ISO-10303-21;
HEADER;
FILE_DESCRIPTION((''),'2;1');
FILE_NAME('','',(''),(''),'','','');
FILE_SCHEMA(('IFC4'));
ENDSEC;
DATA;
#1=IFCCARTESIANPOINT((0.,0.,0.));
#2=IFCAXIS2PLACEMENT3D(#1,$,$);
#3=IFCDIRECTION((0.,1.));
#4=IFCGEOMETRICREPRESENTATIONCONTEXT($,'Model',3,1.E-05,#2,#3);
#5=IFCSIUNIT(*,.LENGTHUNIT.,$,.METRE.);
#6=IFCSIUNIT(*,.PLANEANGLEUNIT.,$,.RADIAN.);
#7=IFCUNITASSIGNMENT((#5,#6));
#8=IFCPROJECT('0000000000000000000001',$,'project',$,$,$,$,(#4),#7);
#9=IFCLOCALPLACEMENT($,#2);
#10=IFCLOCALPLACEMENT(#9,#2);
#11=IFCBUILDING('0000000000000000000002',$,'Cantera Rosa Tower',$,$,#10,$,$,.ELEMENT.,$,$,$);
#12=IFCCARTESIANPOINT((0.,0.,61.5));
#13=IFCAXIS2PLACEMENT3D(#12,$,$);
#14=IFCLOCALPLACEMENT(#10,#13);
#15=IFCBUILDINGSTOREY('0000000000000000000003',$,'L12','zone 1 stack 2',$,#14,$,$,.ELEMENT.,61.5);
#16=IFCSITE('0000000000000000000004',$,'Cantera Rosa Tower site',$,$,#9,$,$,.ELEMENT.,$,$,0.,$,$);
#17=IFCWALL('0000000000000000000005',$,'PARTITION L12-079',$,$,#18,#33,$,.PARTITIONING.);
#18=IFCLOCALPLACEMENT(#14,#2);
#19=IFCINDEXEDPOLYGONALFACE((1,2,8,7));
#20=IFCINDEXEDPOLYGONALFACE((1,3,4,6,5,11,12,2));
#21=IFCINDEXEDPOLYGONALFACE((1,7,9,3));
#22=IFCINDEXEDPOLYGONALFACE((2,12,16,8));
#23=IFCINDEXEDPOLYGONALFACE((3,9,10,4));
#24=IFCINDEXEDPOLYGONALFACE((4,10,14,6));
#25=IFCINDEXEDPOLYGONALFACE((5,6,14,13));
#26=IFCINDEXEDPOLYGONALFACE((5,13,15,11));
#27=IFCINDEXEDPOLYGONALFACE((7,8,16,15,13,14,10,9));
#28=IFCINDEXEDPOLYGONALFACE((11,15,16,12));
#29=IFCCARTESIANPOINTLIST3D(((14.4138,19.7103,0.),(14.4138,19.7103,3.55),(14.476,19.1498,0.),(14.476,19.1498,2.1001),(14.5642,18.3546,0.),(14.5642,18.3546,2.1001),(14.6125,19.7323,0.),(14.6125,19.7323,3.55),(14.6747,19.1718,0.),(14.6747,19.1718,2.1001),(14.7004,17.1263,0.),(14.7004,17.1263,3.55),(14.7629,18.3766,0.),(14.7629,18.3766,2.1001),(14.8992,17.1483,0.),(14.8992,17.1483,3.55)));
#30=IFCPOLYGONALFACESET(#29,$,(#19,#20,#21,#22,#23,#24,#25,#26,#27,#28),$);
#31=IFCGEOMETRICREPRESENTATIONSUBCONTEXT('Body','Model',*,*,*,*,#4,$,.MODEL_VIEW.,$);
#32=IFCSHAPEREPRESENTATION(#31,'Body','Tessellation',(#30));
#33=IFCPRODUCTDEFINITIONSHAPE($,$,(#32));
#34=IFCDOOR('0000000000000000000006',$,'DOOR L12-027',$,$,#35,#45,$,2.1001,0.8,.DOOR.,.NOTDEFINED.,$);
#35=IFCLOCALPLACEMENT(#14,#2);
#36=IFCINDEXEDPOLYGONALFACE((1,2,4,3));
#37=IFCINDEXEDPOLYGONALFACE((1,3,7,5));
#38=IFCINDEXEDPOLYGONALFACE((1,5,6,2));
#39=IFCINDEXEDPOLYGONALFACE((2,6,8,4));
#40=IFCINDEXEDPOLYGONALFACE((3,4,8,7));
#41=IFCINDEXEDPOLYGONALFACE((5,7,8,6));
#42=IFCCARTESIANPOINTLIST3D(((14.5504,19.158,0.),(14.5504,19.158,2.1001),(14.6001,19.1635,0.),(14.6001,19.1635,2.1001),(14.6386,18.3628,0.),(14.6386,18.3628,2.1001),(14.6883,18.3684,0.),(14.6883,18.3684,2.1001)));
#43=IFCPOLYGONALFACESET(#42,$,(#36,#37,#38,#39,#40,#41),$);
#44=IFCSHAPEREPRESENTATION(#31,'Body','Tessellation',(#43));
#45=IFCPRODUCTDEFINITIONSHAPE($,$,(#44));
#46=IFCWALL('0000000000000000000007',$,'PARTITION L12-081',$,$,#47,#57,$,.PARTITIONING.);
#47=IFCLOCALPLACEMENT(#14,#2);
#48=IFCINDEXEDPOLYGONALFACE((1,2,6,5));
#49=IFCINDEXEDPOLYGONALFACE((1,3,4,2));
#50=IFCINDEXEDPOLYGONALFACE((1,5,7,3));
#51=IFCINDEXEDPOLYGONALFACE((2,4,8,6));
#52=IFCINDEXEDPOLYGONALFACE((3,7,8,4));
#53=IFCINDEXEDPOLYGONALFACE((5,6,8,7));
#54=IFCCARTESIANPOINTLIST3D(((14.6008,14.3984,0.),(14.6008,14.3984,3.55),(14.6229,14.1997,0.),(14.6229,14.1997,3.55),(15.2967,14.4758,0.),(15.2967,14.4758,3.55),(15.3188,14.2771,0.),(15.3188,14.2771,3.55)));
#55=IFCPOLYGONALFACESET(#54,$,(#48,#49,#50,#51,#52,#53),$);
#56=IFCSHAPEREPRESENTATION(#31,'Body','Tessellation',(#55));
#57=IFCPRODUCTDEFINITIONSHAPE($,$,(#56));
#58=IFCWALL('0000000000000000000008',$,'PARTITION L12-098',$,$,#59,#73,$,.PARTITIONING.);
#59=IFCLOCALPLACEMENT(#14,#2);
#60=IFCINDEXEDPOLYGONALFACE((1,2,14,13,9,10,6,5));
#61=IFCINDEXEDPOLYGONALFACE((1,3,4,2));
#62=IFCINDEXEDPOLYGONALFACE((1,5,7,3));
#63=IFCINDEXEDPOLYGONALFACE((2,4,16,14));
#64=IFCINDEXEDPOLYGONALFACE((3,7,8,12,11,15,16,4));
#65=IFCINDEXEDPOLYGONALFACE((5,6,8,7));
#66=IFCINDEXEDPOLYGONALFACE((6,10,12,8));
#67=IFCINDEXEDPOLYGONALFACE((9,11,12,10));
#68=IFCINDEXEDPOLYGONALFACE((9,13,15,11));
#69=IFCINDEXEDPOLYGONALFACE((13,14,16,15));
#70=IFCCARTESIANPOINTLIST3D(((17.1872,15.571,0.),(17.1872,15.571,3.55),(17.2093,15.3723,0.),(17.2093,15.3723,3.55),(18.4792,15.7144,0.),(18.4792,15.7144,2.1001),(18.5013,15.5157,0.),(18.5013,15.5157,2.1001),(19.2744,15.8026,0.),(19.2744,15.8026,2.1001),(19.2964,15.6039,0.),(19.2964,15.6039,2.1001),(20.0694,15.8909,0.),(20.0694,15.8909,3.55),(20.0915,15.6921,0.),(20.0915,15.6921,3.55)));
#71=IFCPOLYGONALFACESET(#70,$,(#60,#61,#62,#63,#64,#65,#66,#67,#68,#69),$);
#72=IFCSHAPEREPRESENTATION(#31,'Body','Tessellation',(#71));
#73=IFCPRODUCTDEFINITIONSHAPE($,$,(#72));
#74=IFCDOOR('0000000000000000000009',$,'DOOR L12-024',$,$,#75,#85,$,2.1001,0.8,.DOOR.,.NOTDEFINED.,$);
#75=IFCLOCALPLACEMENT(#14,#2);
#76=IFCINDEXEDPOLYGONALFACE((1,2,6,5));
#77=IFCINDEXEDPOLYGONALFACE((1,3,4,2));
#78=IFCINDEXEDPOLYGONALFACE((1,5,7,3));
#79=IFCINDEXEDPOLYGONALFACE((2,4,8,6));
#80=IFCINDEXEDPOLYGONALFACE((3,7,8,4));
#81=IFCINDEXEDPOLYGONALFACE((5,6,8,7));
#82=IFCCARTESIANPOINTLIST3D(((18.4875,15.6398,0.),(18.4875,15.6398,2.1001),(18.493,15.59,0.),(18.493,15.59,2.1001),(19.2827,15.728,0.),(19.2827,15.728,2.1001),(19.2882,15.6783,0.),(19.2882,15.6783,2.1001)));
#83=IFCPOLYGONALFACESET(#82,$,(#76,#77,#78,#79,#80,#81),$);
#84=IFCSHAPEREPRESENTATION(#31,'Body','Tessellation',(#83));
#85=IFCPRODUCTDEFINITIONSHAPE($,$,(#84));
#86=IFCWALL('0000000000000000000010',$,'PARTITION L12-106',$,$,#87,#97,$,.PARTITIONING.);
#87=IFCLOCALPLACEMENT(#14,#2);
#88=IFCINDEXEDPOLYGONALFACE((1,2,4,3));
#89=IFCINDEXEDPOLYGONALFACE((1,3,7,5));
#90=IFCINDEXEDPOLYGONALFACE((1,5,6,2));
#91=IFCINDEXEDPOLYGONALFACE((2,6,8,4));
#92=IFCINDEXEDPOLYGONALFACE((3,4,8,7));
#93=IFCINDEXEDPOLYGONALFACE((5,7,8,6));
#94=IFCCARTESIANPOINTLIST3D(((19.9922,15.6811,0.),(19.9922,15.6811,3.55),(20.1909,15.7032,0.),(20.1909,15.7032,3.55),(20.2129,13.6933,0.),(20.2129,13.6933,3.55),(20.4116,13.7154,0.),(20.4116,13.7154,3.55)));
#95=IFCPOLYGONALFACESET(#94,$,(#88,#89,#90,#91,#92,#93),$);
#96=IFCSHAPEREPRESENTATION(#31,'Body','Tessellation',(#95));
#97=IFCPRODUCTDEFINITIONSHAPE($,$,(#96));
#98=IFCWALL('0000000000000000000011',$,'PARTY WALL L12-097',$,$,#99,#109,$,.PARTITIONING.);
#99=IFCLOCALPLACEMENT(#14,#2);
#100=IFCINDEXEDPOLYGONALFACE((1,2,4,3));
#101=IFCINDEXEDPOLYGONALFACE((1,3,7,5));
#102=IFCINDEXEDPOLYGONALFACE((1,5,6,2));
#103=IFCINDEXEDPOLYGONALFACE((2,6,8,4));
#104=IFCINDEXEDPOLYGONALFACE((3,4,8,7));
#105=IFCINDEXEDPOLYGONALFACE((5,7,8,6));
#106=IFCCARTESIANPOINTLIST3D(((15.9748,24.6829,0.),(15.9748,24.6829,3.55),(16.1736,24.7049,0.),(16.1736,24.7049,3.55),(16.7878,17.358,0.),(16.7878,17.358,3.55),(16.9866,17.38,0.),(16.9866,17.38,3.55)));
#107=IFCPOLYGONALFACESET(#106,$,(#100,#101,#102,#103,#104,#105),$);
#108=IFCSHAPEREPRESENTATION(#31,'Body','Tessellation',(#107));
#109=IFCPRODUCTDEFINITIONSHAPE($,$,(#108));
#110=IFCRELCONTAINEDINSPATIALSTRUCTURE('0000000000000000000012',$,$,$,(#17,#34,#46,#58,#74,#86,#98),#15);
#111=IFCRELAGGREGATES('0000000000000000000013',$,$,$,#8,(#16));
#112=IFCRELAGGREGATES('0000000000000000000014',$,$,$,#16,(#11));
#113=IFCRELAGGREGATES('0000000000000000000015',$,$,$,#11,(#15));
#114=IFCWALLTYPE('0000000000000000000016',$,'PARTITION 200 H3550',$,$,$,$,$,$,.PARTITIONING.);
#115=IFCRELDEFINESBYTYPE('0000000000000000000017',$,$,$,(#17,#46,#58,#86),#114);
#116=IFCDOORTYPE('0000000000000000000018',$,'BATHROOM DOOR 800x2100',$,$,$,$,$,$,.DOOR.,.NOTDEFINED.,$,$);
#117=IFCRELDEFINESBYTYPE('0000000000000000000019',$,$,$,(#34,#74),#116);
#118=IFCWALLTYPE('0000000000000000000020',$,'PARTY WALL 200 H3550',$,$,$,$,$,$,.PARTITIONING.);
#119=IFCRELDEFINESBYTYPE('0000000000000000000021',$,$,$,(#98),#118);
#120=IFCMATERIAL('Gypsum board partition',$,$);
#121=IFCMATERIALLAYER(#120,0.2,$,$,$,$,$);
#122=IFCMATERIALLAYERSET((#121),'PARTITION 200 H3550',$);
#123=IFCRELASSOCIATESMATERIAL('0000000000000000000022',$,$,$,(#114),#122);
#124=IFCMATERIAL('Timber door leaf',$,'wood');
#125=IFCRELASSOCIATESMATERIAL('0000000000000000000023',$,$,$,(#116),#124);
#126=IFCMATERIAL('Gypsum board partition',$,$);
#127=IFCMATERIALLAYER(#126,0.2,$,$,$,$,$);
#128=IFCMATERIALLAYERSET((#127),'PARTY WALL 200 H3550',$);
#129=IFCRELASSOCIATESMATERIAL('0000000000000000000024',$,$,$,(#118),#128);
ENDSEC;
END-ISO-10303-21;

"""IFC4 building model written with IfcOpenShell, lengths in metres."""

from ifc_helpers import new_model, si_unit, direction, frame, frame_2d, origin, place, context, subcontext, project, spatial, rectangle, extrude, material, layer, layer_set, type_object, element, fill, save


model = new_model("IFC4")

# Units and contexts
model_context = context("Model", 3, precision=1e-05, world=origin(), true_north=direction((0.0, 1.0)))
body_context = subcontext(model_context, "Body", "Model", "MODEL_VIEW")
ifc_project = project(units=[si_unit("LENGTHUNIT", "METRE"), si_unit("PLANEANGLEUNIT", "RADIAN")], contexts=[model_context])

# Site, building, storey
site_placement = place(None, origin())
site = spatial("IfcSite", under=ifc_project, at=site_placement, Name="Cantera Rosa Tower site", CompositionType="ELEMENT", RefElevation=0.0)
building_placement = place(site_placement, origin())
building = spatial("IfcBuilding", under=site, at=building_placement, Name="Cantera Rosa Tower", CompositionType="ELEMENT")
storey_placement = place(building_placement, frame((0.0, 0.0, 61.5)))
storey = spatial("IfcBuildingStorey", under=building, at=storey_placement, Name="L12", Description="zone 1 stack 2", CompositionType="ELEMENT", Elevation=61.5)

# Shared definitions
ifc_material_1 = material(Name="Gypsum board partition")
ifc_layer_1 = layer(ifc_material_1, 0.2)
ifc_layer_set_1 = layer_set([ifc_layer_1], Name="PARTITION 200 H3550")
wall_type_1 = type_object("IfcWallType", Name="PARTITION 200 H3550", PredefinedType="PARTITIONING", material=ifc_layer_set_1)

# Wall, opening, door
wall_1_placement = place(storey_placement, frame((14.5132, 19.7212, 0.0), z_axis=(0.0, 0.0, 1.0), x_axis=(0.110246, -0.993904, 0.0)))
wall_1 = element("IfcWall", 1, at=wall_1_placement, inside=storey, type_object=wall_type_1, Name="PARTITION L12-079", PredefinedType="PARTITIONING", context=body_context, shape_type="SweptSolid", body=[
    extrude(rectangle(XDim=2.5999, YDim=0.2, at=frame_2d((1.2998, 0.0))), origin(), (0.0, 0.0, 1.0), 3.55),
])
opening_1_placement = place(wall_1_placement, frame((0.564, 0.0, 0.0)))
opening_1 = element("IfcOpeningElement", 2, at=opening_1_placement, cuts=wall_1, PredefinedType="OPENING", context=body_context, shape_type="SweptSolid", body=[
    extrude(rectangle(XDim=0.8, YDim=2.1001, at=frame_2d((0.3999, 1.05))), frame((0.0, 0.1099, 0.0), z_axis=(0.0, -1.0, 0.0), x_axis=(1.0, 0.0, 0.0)), (0.0, 0.0, 1.0), 0.22),
])
ifc_material_2 = material(Name="Timber door leaf", Category="wood")
door_type_1 = type_object("IfcDoorType", Name="BATHROOM DOOR 800x2100", OperationType="NOTDEFINED", PredefinedType="DOOR", material=ifc_material_2)
door_1_placement = place(opening_1_placement, origin())
door_1 = element("IfcDoor", 3, at=door_1_placement, inside=storey, type_object=door_type_1, Name="DOOR L12-027", OperationType="NOTDEFINED", OverallHeight=2.1001, OverallWidth=0.8, PredefinedType="DOOR", context=body_context, shape_type="SweptSolid", body=[
    extrude(rectangle(XDim=0.8, YDim=2.1001, at=frame_2d((0.3999, 1.05))), frame((0.0, 0.0249, 0.0), z_axis=(0.0, -1.0, 0.0), x_axis=(1.0, 0.0, 0.0)), (0.0, 0.0, 1.0), 0.05),
])
fill(opening_1, door_1)

# Wall
wall_2_placement = place(storey_placement, frame((14.6118, 14.2991, 0.0), z_axis=(0.0, 0.0, 1.0), x_axis=(0.993871, 0.110546, 0.0)))
element("IfcWall", 4, at=wall_2_placement, inside=storey, type_object=wall_type_1, Name="PARTITION L12-081", PredefinedType="PARTITIONING", context=body_context, shape_type="SweptSolid", body=[
    extrude(rectangle(XDim=0.7002, YDim=0.2, at=frame_2d((0.3501, 0.0))), origin(), (0.0, 0.0, 1.0), 3.55),
])

# Wall, opening, door
wall_3_placement = place(storey_placement, frame((17.1982, 15.4717, 0.0), z_axis=(0.0, 0.0, 1.0), x_axis=(0.9939, 0.110284, 0.0)))
wall_3 = element("IfcWall", 5, at=wall_3_placement, inside=storey, type_object=wall_type_1, Name="PARTITION L12-098", PredefinedType="PARTITIONING", context=body_context, shape_type="SweptSolid", body=[
    extrude(rectangle(XDim=2.8999, YDim=0.2, at=frame_2d((1.45, 0.0))), origin(), (0.0, 0.0, 1.0), 3.55),
])
opening_2_placement = place(wall_3_placement, frame((1.3, 0.0, 0.0)))
opening_2 = element("IfcOpeningElement", 6, at=opening_2_placement, cuts=wall_3, PredefinedType="OPENING", context=body_context, shape_type="SweptSolid", body=[
    extrude(rectangle(XDim=0.8, YDim=2.1001, at=frame_2d((0.3999, 1.05))), frame((0.0, 0.1099, 0.0), z_axis=(0.0, -1.0, 0.0), x_axis=(1.0, 0.0, 0.0)), (0.0, 0.0, 1.0), 0.22),
])
door_2_placement = place(opening_2_placement, origin())
door_2 = element("IfcDoor", 7, at=door_2_placement, inside=storey, type_object=door_type_1, Name="DOOR L12-024", OperationType="NOTDEFINED", OverallHeight=2.1001, OverallWidth=0.8, PredefinedType="DOOR", context=body_context, shape_type="SweptSolid", body=[
    extrude(rectangle(XDim=0.8, YDim=2.1001, at=frame_2d((0.3999, 1.05))), frame((0.0, 0.0249, 0.0), z_axis=(0.0, -1.0, 0.0), x_axis=(1.0, 0.0, 0.0)), (0.0, 0.0, 1.0), 0.05),
])
fill(opening_2, door_2)

# Walls
wall_4_placement = place(storey_placement, frame((20.0916, 15.6921, 0.0), z_axis=(0.0, 0.0, 1.0), x_axis=(0.110351, -0.993893, 0.0)))
element("IfcWall", 8, at=wall_4_placement, inside=storey, type_object=wall_type_1, Name="PARTITION L12-106", PredefinedType="PARTITIONING", context=body_context, shape_type="SweptSolid", body=[
    extrude(rectangle(XDim=2.0, YDim=0.2, at=frame_2d((1.0, 0.0))), origin(), (0.0, 0.0, 1.0), 3.55),
])
ifc_material_3 = material(Name="Gypsum board partition")
ifc_layer_2 = layer(ifc_material_3, 0.2)
ifc_layer_set_2 = layer_set([ifc_layer_2], Name="PARTY WALL 200 H3550")
wall_type_2 = type_object("IfcWallType", Name="PARTY WALL 200 H3550", PredefinedType="PARTITIONING", material=ifc_layer_set_2)
wall_5_placement = place(storey_placement, frame((16.8872, 17.3689, 0.0), z_axis=(0.0, 0.0, 1.0), x_axis=(-0.110312, 0.993897, 0.0)))
element("IfcWall", 9, at=wall_5_placement, inside=storey, type_object=wall_type_2, Name="PARTY WALL L12-097", PredefinedType="PARTITIONING", context=body_context, shape_type="SweptSolid", body=[
    extrude(rectangle(XDim=7.3699, YDim=0.2, at=frame_2d((3.6851, 0.0))), origin(), (0.0, 0.0, 1.0), 3.55),
])

save(model, "model.ifc")
